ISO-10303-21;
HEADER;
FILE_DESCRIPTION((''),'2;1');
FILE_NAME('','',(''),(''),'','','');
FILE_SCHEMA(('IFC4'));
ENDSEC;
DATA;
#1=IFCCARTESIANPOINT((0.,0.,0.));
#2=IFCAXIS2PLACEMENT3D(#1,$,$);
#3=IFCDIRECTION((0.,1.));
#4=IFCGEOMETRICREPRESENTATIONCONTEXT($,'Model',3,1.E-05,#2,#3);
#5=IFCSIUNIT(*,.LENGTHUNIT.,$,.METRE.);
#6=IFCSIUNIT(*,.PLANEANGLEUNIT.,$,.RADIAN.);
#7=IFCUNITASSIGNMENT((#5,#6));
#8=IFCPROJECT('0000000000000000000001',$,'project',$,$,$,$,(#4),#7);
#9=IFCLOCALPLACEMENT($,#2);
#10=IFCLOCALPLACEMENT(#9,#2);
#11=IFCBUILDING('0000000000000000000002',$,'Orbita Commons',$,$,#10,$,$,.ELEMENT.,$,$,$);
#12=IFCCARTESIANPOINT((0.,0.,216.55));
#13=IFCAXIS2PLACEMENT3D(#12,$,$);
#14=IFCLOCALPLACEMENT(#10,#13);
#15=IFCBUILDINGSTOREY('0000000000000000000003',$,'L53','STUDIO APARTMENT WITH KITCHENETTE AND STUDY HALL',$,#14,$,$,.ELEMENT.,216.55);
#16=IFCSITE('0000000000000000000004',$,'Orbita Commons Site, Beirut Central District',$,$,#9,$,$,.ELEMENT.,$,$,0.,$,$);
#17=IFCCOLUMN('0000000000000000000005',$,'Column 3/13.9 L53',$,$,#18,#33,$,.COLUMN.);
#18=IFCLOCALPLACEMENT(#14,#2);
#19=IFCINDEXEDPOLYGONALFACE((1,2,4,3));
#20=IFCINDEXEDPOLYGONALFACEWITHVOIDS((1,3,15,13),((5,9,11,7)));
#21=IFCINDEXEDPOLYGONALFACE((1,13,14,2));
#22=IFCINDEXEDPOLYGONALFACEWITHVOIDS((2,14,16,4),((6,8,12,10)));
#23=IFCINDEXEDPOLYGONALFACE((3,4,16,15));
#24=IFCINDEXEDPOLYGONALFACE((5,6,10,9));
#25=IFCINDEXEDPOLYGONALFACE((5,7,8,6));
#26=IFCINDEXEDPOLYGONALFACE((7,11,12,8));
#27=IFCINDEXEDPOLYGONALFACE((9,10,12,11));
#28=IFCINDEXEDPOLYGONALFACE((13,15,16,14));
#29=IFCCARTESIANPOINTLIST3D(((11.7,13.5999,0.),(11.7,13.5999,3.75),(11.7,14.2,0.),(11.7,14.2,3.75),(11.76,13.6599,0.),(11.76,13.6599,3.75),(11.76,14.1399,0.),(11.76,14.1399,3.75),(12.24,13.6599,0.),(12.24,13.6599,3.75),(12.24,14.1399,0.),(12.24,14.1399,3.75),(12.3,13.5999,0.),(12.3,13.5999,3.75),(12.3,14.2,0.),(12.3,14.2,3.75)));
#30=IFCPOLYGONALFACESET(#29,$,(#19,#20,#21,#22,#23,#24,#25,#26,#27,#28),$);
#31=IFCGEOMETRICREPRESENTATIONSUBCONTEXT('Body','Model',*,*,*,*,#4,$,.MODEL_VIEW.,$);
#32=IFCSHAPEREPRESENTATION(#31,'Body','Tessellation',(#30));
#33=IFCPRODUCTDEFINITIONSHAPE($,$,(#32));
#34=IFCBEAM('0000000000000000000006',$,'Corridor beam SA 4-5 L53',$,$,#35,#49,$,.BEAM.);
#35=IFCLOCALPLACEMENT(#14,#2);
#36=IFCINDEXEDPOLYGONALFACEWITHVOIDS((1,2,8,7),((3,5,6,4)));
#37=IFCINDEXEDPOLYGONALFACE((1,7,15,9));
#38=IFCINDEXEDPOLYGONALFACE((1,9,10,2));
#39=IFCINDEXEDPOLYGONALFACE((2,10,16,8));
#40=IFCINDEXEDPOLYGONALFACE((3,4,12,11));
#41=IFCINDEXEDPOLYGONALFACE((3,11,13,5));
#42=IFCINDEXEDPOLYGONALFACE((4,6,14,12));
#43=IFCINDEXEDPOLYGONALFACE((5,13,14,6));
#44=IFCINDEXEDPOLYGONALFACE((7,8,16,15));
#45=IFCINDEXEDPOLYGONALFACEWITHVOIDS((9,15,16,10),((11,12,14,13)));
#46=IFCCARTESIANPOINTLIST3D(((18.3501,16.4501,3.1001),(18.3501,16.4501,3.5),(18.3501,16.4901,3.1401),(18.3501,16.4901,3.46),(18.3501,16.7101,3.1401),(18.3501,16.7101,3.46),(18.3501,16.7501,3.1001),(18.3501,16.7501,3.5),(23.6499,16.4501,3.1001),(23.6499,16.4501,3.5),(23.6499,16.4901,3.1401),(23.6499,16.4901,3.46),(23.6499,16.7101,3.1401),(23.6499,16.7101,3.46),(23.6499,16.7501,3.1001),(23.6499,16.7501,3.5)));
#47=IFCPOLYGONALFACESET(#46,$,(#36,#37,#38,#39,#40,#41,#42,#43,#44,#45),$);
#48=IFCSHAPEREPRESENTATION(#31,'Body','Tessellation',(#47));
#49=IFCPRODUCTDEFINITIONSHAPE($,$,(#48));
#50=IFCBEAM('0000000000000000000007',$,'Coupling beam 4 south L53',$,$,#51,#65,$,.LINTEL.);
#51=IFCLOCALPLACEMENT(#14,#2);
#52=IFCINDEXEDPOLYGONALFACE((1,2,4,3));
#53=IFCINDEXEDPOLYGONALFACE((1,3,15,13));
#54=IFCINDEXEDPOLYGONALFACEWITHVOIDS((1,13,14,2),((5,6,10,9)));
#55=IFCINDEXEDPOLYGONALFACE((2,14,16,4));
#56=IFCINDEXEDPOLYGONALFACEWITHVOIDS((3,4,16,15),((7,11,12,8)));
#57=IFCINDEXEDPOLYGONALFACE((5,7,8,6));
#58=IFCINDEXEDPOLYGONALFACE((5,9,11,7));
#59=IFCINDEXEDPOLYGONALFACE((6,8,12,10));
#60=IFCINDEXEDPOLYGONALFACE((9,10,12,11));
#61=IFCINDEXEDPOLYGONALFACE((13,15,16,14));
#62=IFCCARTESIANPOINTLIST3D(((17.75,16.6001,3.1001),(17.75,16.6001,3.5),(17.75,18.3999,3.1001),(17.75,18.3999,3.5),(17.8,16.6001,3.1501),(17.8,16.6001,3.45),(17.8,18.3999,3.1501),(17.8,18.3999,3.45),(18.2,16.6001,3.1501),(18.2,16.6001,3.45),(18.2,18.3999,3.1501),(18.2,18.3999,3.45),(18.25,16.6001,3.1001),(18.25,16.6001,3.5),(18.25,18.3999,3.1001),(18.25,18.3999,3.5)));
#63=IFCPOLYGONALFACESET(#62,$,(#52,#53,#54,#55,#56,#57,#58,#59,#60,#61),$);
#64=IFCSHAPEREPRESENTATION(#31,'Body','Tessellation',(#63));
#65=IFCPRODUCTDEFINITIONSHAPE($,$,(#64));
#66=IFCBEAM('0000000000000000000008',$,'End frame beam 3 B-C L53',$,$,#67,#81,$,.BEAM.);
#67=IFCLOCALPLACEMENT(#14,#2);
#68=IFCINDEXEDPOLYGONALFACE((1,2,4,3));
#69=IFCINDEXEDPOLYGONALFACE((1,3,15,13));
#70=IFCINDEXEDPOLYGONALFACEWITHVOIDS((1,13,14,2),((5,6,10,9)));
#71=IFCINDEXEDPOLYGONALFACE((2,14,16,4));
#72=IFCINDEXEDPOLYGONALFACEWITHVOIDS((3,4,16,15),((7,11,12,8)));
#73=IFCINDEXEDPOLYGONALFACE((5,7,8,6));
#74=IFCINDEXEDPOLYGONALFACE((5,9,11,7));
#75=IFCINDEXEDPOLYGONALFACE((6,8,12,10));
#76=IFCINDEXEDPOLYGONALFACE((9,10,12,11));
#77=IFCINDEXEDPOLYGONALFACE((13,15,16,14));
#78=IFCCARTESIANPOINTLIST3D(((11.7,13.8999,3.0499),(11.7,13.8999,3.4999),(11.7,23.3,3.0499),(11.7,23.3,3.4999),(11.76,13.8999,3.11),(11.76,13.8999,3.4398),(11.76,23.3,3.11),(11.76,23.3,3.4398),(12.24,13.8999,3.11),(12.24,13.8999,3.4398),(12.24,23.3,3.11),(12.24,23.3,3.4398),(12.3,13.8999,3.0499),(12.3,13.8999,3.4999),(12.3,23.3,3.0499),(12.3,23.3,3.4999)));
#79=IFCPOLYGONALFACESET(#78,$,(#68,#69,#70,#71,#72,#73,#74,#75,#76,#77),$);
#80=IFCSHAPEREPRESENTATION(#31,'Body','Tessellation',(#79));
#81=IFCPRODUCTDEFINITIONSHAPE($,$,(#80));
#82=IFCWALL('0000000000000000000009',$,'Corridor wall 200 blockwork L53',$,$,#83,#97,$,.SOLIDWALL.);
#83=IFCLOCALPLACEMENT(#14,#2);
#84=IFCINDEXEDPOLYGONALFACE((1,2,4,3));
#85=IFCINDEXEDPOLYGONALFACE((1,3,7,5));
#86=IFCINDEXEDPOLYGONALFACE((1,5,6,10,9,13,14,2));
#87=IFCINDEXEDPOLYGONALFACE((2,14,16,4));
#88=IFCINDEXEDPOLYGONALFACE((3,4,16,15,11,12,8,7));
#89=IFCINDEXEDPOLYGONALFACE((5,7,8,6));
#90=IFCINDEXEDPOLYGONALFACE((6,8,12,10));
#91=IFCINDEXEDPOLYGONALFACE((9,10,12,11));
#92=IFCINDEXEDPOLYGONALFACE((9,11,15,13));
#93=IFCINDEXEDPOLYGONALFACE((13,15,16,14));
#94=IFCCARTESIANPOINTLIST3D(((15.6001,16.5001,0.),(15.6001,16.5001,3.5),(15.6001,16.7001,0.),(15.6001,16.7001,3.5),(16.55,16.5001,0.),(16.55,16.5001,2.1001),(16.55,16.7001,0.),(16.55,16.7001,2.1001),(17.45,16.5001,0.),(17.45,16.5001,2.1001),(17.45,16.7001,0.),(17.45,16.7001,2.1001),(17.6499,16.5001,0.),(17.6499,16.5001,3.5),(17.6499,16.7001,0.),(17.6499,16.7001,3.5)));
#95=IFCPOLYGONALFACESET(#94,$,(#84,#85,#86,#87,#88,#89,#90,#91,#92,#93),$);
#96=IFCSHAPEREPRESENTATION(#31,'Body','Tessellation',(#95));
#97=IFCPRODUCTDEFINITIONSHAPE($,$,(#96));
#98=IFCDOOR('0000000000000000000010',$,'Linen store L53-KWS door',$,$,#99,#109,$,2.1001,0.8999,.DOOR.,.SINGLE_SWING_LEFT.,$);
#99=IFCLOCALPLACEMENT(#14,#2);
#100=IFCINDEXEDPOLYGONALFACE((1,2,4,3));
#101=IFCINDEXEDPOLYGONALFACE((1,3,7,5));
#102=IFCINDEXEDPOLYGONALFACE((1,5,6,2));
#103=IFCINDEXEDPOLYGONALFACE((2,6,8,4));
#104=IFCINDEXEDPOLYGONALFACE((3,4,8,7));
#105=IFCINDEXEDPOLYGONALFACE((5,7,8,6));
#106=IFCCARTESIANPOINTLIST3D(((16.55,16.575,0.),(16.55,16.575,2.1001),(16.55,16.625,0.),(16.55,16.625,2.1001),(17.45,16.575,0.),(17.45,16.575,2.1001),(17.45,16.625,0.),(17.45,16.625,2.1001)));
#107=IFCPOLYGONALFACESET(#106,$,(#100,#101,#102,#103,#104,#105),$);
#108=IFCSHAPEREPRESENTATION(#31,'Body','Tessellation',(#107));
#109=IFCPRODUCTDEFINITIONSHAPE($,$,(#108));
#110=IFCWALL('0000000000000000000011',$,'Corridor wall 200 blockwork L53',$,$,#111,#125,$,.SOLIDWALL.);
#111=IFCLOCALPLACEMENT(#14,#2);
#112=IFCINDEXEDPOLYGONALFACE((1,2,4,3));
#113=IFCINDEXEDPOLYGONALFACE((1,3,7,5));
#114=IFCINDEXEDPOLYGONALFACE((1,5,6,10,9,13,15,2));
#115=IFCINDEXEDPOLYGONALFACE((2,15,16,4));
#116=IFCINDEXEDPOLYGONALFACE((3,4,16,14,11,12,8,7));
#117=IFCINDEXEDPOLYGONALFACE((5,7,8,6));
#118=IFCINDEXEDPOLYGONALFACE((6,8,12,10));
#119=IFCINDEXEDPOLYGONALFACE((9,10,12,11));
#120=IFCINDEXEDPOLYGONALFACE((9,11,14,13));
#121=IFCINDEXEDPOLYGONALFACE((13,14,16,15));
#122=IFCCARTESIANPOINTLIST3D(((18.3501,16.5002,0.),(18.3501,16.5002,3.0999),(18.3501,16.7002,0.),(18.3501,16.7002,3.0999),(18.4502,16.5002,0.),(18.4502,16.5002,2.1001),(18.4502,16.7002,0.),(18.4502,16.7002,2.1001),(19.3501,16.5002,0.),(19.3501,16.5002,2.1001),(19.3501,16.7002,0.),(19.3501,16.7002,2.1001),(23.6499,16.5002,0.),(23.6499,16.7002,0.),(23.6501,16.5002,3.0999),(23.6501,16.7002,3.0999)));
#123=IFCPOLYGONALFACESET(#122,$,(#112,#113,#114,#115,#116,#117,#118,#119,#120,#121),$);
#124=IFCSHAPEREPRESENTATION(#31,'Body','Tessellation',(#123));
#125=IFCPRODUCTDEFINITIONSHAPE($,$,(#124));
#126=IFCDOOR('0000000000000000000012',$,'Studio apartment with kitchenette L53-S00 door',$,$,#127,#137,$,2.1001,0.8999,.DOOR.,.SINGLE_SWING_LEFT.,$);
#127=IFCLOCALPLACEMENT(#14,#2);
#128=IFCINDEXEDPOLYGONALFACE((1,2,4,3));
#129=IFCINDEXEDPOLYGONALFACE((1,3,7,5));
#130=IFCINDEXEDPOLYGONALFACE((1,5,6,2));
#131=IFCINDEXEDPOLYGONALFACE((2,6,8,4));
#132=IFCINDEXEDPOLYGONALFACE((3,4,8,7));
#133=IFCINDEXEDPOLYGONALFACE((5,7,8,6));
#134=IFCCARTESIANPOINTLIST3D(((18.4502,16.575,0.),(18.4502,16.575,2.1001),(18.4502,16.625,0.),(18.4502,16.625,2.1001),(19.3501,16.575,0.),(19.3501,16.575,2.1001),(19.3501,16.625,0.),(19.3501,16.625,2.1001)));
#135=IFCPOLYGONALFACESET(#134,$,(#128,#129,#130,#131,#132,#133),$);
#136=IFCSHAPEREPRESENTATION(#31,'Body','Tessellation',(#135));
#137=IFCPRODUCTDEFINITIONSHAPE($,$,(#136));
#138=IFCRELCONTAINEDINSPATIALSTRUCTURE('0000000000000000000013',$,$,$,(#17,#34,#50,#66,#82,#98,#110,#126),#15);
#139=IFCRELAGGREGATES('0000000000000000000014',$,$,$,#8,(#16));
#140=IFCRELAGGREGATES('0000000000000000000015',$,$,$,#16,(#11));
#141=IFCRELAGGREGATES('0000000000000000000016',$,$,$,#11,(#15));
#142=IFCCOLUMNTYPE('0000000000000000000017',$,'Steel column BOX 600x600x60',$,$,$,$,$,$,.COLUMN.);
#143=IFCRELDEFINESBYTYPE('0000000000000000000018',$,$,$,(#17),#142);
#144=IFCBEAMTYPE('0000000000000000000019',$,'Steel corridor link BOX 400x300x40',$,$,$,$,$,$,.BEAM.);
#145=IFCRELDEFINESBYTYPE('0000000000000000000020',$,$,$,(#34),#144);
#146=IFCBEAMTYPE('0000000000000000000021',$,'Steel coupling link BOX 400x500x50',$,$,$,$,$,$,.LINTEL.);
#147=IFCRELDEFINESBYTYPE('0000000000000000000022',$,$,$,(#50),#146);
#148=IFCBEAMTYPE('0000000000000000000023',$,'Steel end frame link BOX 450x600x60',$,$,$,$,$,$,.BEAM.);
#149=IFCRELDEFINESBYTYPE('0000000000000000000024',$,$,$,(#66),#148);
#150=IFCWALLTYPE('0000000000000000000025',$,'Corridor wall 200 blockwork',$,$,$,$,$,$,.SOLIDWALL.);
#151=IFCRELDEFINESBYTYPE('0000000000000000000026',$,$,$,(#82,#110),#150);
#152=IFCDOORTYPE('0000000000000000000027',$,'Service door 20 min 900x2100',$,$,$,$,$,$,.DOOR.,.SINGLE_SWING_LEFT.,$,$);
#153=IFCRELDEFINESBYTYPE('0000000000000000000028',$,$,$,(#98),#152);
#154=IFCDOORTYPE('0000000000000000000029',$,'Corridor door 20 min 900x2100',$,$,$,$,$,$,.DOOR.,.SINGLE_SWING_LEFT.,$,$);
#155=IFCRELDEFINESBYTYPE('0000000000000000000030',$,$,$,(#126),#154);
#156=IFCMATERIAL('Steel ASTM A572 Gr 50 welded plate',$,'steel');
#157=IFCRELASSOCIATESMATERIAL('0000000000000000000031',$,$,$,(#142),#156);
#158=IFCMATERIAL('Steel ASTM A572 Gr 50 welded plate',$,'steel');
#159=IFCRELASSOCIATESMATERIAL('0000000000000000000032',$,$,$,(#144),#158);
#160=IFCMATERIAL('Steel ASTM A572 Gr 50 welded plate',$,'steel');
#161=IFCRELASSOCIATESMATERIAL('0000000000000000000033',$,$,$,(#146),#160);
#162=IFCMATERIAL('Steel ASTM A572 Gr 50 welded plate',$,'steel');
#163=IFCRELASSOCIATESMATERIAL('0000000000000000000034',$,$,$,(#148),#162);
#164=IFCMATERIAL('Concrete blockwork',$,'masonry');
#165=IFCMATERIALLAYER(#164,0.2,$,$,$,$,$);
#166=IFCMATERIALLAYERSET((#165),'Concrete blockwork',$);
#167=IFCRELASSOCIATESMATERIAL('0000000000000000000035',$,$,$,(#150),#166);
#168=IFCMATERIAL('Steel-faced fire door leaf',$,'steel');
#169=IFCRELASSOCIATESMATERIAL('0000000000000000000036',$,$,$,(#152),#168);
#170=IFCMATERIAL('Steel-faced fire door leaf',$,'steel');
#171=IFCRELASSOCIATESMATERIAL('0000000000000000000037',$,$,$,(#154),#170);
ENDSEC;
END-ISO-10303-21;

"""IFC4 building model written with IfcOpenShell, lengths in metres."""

from ifc_helpers import new_model, si_unit, direction, frame, frame_2d, origin, origin_2d, place, context, subcontext, project, spatial, polyline, rectangle, hollow_rectangle, outline, extrude, material, layer, layer_set, material_profile, profile_set, type_object, element, fill, save


model = new_model("IFC4")

# Units and contexts
model_context = context("Model", 3, precision=1e-05, world=origin(), true_north=direction((0.0, 1.0)))
body_context = subcontext(model_context, "Body", "Model", "MODEL_VIEW")
ifc_project = project(units=[si_unit("LENGTHUNIT", "METRE"), si_unit("PLANEANGLEUNIT", "RADIAN")], contexts=[model_context])

# Site, building, storey
site_placement = place(None, origin())
site = spatial("IfcSite", under=ifc_project, at=site_placement, Name="Orbita Commons Site, Beirut Central District", CompositionType="ELEMENT", RefElevation=0.0)
building_placement = place(site_placement, origin())
building = spatial("IfcBuilding", under=site, at=building_placement, Name="Orbita Commons", CompositionType="ELEMENT")
storey_placement = place(building_placement, frame((0.0, 0.0, 216.55)))
storey = spatial("IfcBuildingStorey", under=building, at=storey_placement, Name="L53", Description="STUDIO APARTMENT WITH KITCHENETTE AND STUDY HALL", CompositionType="ELEMENT", Elevation=216.55)

# Column
ifc_material_1 = material(Name="Steel ASTM A572 Gr 50 welded plate", Category="steel")
ifc_material_profile_1 = material_profile(ifc_material_1, hollow_rectangle(XDim=0.6001, YDim=0.6001, WallThickness=0.0601, at=origin_2d()), Name="BOX 600x600x60")
ifc_profile_set_1 = profile_set([ifc_material_profile_1], Name="Steel ASTM A572 Gr 50 welded plate")
column_type = type_object("IfcColumnType", Name="Steel column BOX 600x600x60", PredefinedType="COLUMN", material=ifc_profile_set_1)
column_placement = place(storey_placement, frame((12.0, 13.8999, 0.0), z_axis=(0.0, 0.0, 1.0), x_axis=(1.0, 0.0, 0.0)))
element("IfcColumn", 1, at=column_placement, inside=storey, type_object=column_type, Name="Column 3/13.9 L53", PredefinedType="COLUMN", context=body_context, shape_type="SweptSolid", body=[
    extrude(hollow_rectangle(XDim=0.6001, YDim=0.6001, WallThickness=0.0601, at=origin_2d()), origin(), (0.0, 0.0, 1.0), 3.75),
])

# Beams
ifc_material_2 = material(Name="Steel ASTM A572 Gr 50 welded plate", Category="steel")
ifc_material_profile_2 = material_profile(ifc_material_2, hollow_rectangle(XDim=0.3, YDim=0.3999, WallThickness=0.04, at=origin_2d()), Name="BOX 400x300x40")
ifc_profile_set_2 = profile_set([ifc_material_profile_2], Name="Steel ASTM A572 Gr 50 welded plate")
beam_type_1 = type_object("IfcBeamType", Name="Steel corridor link BOX 400x300x40", PredefinedType="BEAM", material=ifc_profile_set_2)
beam_1_placement = place(storey_placement, frame((18.3501, 16.6001, 3.3), z_axis=(1.0, 0.0, 0.0), x_axis=(0.0, 1.0, 0.0)))
element("IfcBeam", 2, at=beam_1_placement, inside=storey, type_object=beam_type_1, Name="Corridor beam SA 4-5 L53", PredefinedType="BEAM", context=body_context, shape_type="SweptSolid", body=[
    extrude(hollow_rectangle(XDim=0.3, YDim=0.3999, WallThickness=0.04, at=origin_2d()), origin(), (0.0, 0.0, 1.0), 5.2998),
])
ifc_material_3 = material(Name="Steel ASTM A572 Gr 50 welded plate", Category="steel")
ifc_material_profile_3 = material_profile(ifc_material_3, hollow_rectangle(XDim=0.5, YDim=0.3999, WallThickness=0.05, at=origin_2d()), Name="BOX 400x500x50")
ifc_profile_set_3 = profile_set([ifc_material_profile_3], Name="Steel ASTM A572 Gr 50 welded plate")
beam_type_2 = type_object("IfcBeamType", Name="Steel coupling link BOX 400x500x50", PredefinedType="LINTEL", material=ifc_profile_set_3)
beam_2_placement = place(storey_placement, frame((18.0, 16.6001, 3.3), z_axis=(0.0, 1.0, 0.0), x_axis=(-1.0, 0.0, 0.0)))
element("IfcBeam", 3, at=beam_2_placement, inside=storey, type_object=beam_type_2, Name="Coupling beam 4 south L53", PredefinedType="LINTEL", context=body_context, shape_type="SweptSolid", body=[
    extrude(hollow_rectangle(XDim=0.5, YDim=0.3999, WallThickness=0.05, at=origin_2d()), origin(), (0.0, 0.0, 1.0), 1.7998),
])
ifc_material_4 = material(Name="Steel ASTM A572 Gr 50 welded plate", Category="steel")
ifc_material_profile_4 = material_profile(ifc_material_4, hollow_rectangle(XDim=0.6001, YDim=0.45, WallThickness=0.0601, at=origin_2d()), Name="BOX 450x600x60")
ifc_profile_set_4 = profile_set([ifc_material_profile_4], Name="Steel ASTM A572 Gr 50 welded plate")
beam_type_3 = type_object("IfcBeamType", Name="Steel end frame link BOX 450x600x60", PredefinedType="BEAM", material=ifc_profile_set_4)
beam_3_placement = place(storey_placement, frame((12.0, 13.8999, 3.2749), z_axis=(0.0, 1.0, 0.0), x_axis=(-1.0, 0.0, 0.0)))
element("IfcBeam", 4, at=beam_3_placement, inside=storey, type_object=beam_type_3, Name="End frame beam 3 B-C L53", PredefinedType="BEAM", context=body_context, shape_type="SweptSolid", body=[
    extrude(hollow_rectangle(XDim=0.6001, YDim=0.45, WallThickness=0.0601, at=origin_2d()), origin(), (0.0, 0.0, 1.0), 9.4001),
])

# Walls, openings, doors
ifc_material_5 = material(Name="Concrete blockwork", Category="masonry")
ifc_layer_1 = layer(ifc_material_5, 0.2)
ifc_layer_set_1 = layer_set([ifc_layer_1], Name="Concrete blockwork")
wall_type_1 = type_object("IfcWallType", Name="Corridor wall 200 blockwork", PredefinedType="SOLIDWALL", material=ifc_layer_set_1)
wall_1_placement = place(storey_placement, frame((15.6001, 16.6001, 0.0), z_axis=(0.0, 0.0, 1.0), x_axis=(1.0, 0.0, 0.0)))
wall_1 = element("IfcWall", 5, at=wall_1_placement, inside=storey, type_object=wall_type_1, Name="Corridor wall 200 blockwork L53", PredefinedType="SOLIDWALL", context=body_context, shape_type="SweptSolid", body=[
    extrude(rectangle(XDim=2.0498, YDim=0.2, at=frame_2d((1.0249, 0.0))), origin(), (0.0, 0.0, 1.0), 3.5),
])
opening_1_placement = place(wall_1_placement, frame((0.95, 0.0, 0.0)))
opening_1 = element("IfcOpeningElement", 6, at=opening_1_placement, cuts=wall_1, PredefinedType="OPENING", context=body_context, shape_type="SweptSolid", body=[
    extrude(rectangle(XDim=0.8999, YDim=2.1001, at=frame_2d((0.45, 1.05))), frame((0.0, 0.1099, 0.0), z_axis=(0.0, -1.0, 0.0), x_axis=(1.0, 0.0, 0.0)), (0.0, 0.0, 1.0), 0.22),
])
ifc_material_6 = material(Name="Steel-faced fire door leaf", Category="steel")
door_type_1 = type_object("IfcDoorType", Name="Service door 20 min 900x2100", OperationType="SINGLE_SWING_LEFT", PredefinedType="DOOR", material=ifc_material_6)
door_1_placement = place(opening_1_placement, origin())
door_1 = element("IfcDoor", 7, at=door_1_placement, inside=storey, type_object=door_type_1, Name="Linen store L53-KWS door", OperationType="SINGLE_SWING_LEFT", OverallHeight=2.1001, OverallWidth=0.8999, PredefinedType="DOOR", context=body_context, shape_type="SweptSolid", body=[
    extrude(rectangle(XDim=0.8999, YDim=2.1001, at=frame_2d((0.45, 1.05))), frame((0.0, 0.0249, 0.0), z_axis=(0.0, -1.0, 0.0), x_axis=(1.0, 0.0, 0.0)), (0.0, 0.0, 1.0), 0.05),
])
fill(opening_1, door_1)
wall_2_placement = place(storey_placement, frame((18.3501, 16.6001, 0.0), z_axis=(0.0, 0.0, 1.0), x_axis=(1.0, 0.0, 0.0)))
wall_2 = element("IfcWall", 8, at=wall_2_placement, inside=storey, type_object=wall_type_1, Name="Corridor wall 200 blockwork L53", PredefinedType="SOLIDWALL", context=body_context, shape_type="SweptSolid", body=[
    extrude(outline(polyline([(0.0, 0.0), (5.2998, 0.0), (5.3, 3.0999), (0.0, 3.0999), (0.0, 0.0)])), frame((0.0, 0.1001, 0.0), z_axis=(0.0, -1.0, 0.0), x_axis=(1.0, 0.0, 0.0)), (0.0, 0.0, 1.0), 0.2),
])
opening_2_placement = place(wall_2_placement, frame((0.1001, 0.0, 0.0)))
opening_2 = element("IfcOpeningElement", 9, at=opening_2_placement, cuts=wall_2, PredefinedType="OPENING", context=body_context, shape_type="SweptSolid", body=[
    extrude(rectangle(XDim=0.8999, YDim=2.1001, at=frame_2d((0.45, 1.05))), frame((0.0, 0.1099, 0.0), z_axis=(0.0, -1.0, 0.0), x_axis=(1.0, 0.0, 0.0)), (0.0, 0.0, 1.0), 0.22),
])
ifc_material_7 = material(Name="Steel-faced fire door leaf", Category="steel")
door_type_2 = type_object("IfcDoorType", Name="Corridor door 20 min 900x2100", OperationType="SINGLE_SWING_LEFT", PredefinedType="DOOR", material=ifc_material_7)
door_2_placement = place(opening_2_placement, origin())
door_2 = element("IfcDoor", 10, at=door_2_placement, inside=storey, type_object=door_type_2, Name="Studio apartment with kitchenette L53-S00 door", OperationType="SINGLE_SWING_LEFT", OverallHeight=2.1001, OverallWidth=0.8999, PredefinedType="DOOR", context=body_context, shape_type="SweptSolid", body=[
    extrude(rectangle(XDim=0.8999, YDim=2.1001, at=frame_2d((0.45, 1.05))), frame((0.0, 0.0249, 0.0), z_axis=(0.0, -1.0, 0.0), x_axis=(1.0, 0.0, 0.0)), (0.0, 0.0, 1.0), 0.05),
])
fill(opening_2, door_2)

save(model, "model.ifc")
